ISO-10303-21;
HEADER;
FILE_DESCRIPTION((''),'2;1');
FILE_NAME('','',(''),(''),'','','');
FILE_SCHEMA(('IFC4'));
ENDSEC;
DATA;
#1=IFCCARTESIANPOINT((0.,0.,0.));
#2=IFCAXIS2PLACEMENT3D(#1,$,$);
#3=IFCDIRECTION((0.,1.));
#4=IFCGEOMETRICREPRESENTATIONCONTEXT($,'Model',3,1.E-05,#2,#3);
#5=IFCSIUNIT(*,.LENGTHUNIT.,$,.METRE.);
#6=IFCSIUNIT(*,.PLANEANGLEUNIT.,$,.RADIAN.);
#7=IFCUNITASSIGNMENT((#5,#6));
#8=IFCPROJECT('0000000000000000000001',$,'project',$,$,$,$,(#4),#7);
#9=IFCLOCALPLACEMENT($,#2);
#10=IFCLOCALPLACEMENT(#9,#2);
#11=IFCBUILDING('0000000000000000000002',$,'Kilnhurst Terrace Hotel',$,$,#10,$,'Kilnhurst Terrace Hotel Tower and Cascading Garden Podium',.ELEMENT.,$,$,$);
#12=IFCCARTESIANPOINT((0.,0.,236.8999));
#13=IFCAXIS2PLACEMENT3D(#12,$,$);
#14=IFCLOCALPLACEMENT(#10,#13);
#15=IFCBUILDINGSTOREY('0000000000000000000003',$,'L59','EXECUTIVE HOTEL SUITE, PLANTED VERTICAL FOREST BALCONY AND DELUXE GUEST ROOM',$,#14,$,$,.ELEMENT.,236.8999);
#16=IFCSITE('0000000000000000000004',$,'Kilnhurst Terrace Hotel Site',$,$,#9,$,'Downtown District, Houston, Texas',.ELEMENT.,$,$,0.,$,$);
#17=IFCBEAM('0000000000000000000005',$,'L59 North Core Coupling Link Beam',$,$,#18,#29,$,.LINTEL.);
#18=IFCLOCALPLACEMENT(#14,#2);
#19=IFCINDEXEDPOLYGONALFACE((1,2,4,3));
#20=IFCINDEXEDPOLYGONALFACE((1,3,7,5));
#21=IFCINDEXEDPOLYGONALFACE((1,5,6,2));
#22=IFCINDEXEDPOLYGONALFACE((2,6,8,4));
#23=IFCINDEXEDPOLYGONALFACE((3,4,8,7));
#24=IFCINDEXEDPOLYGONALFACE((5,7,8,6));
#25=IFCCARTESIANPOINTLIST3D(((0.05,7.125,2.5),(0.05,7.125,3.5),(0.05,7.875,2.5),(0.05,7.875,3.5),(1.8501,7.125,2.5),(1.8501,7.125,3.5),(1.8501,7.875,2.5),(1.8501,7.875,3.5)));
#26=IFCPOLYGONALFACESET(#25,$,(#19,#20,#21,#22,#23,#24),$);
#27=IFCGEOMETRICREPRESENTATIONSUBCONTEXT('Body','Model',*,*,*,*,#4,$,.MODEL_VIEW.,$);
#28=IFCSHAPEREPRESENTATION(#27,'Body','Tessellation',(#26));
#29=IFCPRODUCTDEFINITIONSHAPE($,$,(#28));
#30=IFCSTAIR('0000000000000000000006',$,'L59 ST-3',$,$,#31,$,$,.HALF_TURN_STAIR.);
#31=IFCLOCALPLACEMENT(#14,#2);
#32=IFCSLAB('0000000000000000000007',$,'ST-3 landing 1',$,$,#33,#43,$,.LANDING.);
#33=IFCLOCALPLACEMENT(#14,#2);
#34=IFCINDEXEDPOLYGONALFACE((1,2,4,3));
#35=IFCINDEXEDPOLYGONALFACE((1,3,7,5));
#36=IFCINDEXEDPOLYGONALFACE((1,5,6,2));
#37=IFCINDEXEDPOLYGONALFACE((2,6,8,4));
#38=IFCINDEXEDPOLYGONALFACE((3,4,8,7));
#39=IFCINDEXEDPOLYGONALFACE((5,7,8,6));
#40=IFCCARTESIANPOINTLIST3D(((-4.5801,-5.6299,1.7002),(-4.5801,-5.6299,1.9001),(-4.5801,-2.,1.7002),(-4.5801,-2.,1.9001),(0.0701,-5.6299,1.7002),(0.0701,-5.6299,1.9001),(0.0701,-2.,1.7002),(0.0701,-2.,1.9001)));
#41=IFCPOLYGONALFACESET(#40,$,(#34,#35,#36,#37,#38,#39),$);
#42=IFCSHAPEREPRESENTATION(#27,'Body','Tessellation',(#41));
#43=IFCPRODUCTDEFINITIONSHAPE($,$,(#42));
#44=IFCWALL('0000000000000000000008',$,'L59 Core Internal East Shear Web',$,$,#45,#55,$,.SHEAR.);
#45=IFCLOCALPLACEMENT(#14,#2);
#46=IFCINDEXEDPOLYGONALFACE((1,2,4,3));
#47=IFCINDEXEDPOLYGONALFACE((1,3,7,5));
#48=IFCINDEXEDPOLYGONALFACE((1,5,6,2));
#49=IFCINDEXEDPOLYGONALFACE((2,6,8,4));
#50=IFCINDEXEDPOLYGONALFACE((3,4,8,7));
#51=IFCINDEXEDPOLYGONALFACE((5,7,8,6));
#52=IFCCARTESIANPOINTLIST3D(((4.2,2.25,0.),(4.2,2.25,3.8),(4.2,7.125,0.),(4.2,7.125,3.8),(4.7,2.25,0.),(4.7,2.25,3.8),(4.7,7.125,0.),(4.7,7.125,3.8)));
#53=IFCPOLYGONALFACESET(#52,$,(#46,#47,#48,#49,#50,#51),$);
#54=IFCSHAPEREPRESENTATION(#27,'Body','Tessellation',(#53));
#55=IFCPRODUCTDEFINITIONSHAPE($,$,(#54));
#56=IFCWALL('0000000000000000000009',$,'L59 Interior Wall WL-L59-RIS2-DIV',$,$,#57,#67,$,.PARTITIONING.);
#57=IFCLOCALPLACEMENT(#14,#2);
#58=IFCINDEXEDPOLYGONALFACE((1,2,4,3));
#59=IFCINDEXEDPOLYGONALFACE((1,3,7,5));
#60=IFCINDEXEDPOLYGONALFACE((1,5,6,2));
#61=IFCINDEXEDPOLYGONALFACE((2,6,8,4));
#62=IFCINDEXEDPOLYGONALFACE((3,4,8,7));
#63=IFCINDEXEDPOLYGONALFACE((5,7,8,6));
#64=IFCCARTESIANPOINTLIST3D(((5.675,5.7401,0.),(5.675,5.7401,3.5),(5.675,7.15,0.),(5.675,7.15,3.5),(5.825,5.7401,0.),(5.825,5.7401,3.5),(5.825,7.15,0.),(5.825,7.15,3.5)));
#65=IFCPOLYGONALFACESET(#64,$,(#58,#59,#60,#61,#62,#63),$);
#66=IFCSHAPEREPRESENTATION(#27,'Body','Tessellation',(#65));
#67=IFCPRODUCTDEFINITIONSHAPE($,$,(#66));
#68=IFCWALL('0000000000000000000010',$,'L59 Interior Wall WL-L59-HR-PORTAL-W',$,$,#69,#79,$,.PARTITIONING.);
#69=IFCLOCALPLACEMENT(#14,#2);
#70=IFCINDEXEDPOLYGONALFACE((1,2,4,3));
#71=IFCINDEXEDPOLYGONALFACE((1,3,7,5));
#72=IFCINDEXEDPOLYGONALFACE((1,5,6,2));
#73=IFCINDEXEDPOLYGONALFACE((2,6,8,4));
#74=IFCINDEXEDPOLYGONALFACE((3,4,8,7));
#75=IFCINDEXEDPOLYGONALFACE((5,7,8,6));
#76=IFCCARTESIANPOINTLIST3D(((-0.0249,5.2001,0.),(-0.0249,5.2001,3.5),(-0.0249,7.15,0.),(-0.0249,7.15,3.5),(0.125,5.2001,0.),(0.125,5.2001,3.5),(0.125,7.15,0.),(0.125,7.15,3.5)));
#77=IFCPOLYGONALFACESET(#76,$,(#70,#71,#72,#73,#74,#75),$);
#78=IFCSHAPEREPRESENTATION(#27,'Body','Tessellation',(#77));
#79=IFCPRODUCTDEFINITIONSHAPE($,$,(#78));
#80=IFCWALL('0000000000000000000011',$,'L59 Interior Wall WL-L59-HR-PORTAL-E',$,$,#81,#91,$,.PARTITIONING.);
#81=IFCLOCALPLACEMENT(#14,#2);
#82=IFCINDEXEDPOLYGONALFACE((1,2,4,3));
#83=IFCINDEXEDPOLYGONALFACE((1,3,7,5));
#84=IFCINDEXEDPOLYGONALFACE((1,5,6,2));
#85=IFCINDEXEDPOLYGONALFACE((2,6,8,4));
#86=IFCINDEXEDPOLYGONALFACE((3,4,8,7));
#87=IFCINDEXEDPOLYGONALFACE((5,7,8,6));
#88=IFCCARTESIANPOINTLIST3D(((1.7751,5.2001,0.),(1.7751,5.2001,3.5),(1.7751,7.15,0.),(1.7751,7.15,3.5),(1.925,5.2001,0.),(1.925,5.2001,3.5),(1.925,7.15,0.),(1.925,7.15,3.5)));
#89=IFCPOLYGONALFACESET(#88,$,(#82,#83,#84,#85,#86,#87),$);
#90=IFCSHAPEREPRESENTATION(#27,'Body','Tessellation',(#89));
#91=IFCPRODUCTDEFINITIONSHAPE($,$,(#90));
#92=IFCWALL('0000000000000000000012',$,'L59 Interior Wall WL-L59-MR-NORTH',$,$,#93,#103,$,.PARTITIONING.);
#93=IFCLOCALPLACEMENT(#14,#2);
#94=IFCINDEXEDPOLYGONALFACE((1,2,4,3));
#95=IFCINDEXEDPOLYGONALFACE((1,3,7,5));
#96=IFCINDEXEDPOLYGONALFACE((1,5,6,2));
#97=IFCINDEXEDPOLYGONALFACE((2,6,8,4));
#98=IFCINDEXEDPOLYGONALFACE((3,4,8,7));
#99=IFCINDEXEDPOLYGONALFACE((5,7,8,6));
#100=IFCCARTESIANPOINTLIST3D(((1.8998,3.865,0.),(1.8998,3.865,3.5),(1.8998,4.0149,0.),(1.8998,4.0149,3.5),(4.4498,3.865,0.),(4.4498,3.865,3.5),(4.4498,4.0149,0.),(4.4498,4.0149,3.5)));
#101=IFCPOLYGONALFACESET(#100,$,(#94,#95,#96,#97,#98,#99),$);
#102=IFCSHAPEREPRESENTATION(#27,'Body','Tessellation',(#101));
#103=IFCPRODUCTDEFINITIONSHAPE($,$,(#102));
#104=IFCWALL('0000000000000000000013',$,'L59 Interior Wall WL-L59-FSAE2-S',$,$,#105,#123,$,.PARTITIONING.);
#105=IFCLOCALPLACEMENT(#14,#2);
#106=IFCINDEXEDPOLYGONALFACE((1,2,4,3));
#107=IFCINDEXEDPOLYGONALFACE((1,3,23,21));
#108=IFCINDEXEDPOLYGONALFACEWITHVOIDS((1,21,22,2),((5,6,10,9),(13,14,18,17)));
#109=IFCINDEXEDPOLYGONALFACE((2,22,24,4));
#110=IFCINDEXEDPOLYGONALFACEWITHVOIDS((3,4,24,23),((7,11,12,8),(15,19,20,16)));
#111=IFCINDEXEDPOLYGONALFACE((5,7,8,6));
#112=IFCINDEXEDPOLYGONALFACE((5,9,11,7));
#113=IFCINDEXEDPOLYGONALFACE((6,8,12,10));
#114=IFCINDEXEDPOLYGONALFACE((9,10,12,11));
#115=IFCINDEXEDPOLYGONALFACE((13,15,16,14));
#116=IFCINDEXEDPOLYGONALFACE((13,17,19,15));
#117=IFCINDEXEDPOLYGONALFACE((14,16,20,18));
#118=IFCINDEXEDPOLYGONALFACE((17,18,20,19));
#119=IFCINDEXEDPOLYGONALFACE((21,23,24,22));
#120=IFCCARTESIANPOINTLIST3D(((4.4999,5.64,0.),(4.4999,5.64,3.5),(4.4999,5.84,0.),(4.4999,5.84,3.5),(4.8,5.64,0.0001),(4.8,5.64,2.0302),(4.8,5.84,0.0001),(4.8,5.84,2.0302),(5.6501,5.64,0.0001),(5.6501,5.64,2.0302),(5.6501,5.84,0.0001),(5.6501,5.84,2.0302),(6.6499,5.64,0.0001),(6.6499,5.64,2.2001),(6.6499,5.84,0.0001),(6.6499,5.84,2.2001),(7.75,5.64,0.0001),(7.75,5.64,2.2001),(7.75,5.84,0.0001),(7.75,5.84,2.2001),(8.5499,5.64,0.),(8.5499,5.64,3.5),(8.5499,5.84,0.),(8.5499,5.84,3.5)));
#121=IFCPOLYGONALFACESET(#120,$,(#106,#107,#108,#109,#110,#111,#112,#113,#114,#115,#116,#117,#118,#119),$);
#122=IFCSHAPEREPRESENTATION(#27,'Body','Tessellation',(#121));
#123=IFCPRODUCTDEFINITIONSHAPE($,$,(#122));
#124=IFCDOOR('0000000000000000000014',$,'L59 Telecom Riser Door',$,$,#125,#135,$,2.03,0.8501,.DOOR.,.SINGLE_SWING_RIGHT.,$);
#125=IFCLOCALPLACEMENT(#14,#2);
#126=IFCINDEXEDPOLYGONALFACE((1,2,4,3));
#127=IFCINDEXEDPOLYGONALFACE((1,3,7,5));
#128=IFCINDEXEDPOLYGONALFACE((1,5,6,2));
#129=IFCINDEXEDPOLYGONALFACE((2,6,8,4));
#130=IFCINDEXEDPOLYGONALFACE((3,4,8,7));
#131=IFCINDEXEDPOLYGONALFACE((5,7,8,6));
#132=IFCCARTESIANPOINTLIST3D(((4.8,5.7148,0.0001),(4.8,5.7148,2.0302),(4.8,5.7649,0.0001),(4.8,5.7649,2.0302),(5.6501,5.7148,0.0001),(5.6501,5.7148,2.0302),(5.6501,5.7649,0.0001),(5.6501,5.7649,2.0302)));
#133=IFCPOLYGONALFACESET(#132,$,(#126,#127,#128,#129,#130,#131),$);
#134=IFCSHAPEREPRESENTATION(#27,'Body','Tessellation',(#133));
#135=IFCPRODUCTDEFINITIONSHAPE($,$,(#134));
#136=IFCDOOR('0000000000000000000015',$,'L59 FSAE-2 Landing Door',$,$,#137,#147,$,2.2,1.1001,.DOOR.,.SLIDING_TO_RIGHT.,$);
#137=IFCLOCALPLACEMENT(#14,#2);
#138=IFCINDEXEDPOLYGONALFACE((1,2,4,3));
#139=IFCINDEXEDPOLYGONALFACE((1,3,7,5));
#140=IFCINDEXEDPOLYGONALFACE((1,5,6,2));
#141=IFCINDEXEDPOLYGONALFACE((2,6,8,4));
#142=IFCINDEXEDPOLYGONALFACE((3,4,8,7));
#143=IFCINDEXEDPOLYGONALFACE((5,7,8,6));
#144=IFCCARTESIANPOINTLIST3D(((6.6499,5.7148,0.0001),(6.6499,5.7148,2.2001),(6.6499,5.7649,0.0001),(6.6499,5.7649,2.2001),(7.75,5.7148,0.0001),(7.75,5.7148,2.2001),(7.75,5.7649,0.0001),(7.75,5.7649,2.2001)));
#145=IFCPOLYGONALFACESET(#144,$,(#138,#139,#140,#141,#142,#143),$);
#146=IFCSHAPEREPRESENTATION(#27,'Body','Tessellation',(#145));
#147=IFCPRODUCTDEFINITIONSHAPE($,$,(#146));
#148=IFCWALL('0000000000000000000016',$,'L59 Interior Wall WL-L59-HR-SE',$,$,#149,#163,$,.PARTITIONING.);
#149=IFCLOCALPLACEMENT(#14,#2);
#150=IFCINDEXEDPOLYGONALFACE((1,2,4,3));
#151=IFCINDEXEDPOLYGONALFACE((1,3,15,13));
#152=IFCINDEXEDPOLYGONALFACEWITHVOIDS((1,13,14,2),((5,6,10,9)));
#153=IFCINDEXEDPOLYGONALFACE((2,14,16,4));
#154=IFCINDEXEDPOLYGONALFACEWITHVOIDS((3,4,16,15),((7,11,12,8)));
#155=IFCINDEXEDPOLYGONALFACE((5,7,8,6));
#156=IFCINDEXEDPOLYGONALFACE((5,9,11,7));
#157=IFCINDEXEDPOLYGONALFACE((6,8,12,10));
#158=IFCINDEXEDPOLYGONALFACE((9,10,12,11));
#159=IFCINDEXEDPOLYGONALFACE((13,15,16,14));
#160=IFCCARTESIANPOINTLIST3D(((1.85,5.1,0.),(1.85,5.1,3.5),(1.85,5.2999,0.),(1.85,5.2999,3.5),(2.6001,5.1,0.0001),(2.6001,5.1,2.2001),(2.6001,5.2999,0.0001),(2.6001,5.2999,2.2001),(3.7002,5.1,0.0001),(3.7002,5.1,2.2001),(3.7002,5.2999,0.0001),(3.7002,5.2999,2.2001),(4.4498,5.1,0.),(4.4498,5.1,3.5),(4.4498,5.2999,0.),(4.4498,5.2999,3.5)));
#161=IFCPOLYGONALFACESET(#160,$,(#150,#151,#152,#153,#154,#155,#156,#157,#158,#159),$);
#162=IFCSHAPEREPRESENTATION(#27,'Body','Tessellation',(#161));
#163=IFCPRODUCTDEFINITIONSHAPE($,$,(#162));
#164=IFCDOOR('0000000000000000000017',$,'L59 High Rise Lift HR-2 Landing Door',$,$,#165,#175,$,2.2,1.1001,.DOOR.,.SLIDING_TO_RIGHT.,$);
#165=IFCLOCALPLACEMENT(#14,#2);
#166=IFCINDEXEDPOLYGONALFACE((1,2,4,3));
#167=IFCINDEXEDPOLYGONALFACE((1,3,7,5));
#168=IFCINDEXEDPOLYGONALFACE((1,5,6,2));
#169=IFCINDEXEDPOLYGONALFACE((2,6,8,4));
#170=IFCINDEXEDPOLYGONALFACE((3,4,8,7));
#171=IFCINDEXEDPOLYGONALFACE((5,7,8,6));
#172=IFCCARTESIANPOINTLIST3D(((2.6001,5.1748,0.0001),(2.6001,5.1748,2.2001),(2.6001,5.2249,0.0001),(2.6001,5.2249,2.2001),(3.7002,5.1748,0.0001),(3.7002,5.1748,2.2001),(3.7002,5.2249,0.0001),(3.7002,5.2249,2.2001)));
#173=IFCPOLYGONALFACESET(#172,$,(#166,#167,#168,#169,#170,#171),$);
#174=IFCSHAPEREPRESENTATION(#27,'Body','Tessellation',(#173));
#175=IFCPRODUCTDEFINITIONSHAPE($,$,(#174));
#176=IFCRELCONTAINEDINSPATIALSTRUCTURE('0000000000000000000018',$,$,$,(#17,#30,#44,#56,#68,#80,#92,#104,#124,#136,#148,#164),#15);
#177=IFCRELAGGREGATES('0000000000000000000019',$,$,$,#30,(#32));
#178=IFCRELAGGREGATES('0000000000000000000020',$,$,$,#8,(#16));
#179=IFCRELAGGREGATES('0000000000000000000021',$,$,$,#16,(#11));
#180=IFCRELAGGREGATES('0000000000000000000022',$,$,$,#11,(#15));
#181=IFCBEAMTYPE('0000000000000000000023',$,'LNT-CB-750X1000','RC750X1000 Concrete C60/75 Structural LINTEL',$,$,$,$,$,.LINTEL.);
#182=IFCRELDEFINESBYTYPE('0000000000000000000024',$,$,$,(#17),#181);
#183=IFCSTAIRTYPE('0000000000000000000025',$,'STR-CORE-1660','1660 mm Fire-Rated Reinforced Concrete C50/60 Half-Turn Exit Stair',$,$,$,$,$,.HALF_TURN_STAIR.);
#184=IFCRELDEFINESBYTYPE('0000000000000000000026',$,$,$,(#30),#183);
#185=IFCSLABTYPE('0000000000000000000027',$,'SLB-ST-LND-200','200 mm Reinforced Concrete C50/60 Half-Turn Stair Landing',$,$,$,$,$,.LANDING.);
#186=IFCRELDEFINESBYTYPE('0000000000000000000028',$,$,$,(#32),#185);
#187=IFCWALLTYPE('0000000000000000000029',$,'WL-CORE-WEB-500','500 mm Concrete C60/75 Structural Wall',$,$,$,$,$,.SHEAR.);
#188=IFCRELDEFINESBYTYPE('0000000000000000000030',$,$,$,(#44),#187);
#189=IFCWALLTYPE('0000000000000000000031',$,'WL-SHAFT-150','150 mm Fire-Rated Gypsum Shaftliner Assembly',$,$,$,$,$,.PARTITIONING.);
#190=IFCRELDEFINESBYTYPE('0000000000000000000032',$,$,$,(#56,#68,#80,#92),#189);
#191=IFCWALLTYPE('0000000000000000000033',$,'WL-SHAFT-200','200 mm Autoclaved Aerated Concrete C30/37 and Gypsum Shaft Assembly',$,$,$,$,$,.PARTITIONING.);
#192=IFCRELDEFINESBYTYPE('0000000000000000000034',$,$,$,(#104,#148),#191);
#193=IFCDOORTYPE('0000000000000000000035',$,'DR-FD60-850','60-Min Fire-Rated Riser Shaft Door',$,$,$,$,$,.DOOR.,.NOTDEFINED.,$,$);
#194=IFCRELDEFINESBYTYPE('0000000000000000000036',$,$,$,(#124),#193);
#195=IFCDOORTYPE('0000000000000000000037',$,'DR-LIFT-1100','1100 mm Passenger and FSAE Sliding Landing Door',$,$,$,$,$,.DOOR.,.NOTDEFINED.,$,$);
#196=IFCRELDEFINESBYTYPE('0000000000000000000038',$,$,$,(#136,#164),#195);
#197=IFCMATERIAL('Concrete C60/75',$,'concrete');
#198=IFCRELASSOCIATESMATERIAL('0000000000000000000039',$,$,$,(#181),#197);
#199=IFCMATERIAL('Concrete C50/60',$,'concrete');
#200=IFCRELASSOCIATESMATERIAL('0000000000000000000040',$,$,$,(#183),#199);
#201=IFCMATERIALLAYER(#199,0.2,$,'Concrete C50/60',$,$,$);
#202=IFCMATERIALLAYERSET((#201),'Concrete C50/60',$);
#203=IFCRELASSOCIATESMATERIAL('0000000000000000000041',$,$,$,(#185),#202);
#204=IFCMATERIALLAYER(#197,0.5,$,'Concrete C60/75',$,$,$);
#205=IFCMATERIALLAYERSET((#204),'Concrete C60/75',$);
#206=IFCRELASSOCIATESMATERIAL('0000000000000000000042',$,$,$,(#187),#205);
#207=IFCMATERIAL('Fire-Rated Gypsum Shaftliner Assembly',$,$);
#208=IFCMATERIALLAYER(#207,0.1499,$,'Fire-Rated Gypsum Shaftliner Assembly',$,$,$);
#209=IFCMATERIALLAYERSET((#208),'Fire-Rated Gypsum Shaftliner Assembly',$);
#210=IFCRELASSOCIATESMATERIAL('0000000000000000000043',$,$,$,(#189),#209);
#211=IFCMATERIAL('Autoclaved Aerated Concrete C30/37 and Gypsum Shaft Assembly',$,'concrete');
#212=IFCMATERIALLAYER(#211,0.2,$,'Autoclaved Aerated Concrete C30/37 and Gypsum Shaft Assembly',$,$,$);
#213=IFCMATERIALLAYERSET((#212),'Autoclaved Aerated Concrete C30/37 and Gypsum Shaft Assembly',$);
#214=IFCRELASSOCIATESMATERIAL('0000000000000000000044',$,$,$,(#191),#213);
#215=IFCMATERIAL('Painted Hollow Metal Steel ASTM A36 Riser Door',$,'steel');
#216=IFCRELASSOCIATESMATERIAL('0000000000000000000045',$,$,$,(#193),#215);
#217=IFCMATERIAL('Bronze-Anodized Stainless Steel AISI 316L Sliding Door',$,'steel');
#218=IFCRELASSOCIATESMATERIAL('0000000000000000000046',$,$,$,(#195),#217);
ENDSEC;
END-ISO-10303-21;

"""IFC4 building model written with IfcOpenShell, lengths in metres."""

from ifc_helpers import new_model, si_unit, direction, frame, frame_2d, origin, origin_2d, place, context, subcontext, project, spatial, polyline, rectangle, outline, extrude, material, layer, layer_set, material_profile, profile_set, type_object, element, fill, aggregate, save


model = new_model("IFC4")

# Units and contexts
model_context = context("Model", 3, precision=1e-05, world=origin(), true_north=direction((0.0, 1.0)))
body_context = subcontext(model_context, "Body", "Model", "MODEL_VIEW")
ifc_project = project(units=[si_unit("LENGTHUNIT", "METRE"), si_unit("PLANEANGLEUNIT", "RADIAN")], contexts=[model_context])

# Site, building, storey
site_placement = place(None, origin())
site = spatial("IfcSite", under=ifc_project, at=site_placement, Name="Kilnhurst Terrace Hotel Site", LongName="Downtown District, Houston, Texas", CompositionType="ELEMENT", RefElevation=0.0)
building_placement = place(site_placement, origin())
building = spatial("IfcBuilding", under=site, at=building_placement, Name="Kilnhurst Terrace Hotel", LongName="Kilnhurst Terrace Hotel Tower and Cascading Garden Podium", CompositionType="ELEMENT")
storey_placement = place(building_placement, frame((0.0, 0.0, 236.8999)))
storey = spatial("IfcBuildingStorey", under=building, at=storey_placement, Name="L59", Description="EXECUTIVE HOTEL SUITE, PLANTED VERTICAL FOREST BALCONY AND DELUXE GUEST ROOM", CompositionType="ELEMENT", Elevation=236.8999)

# Beam
ifc_material_1 = material(Name="Concrete C60/75", Category="concrete")
ifc_material_profile = material_profile(ifc_material_1, rectangle(XDim=0.75, YDim=1.0, at=origin_2d()), Name="RC750X1000")
ifc_profile_set = profile_set([ifc_material_profile], Name="Concrete C60/75")
beam_type = type_object("IfcBeamType", Name="LNT-CB-750X1000", Description="RC750X1000 Concrete C60/75 Structural LINTEL", PredefinedType="LINTEL", material=ifc_profile_set)
beam_placement = place(storey_placement, frame((0.05, 7.5, 3.0), z_axis=(1.0, 0.0, 0.0), x_axis=(0.0, 1.0, 0.0)))
element("IfcBeam", 1, at=beam_placement, inside=storey, type_object=beam_type, Name="L59 North Core Coupling Link Beam", PredefinedType="LINTEL", context=body_context, shape_type="SweptSolid", body=[
    extrude(rectangle(XDim=0.75, YDim=1.0, at=origin_2d()), origin(), (0.0, 0.0, 1.0), 1.8),
])

# Stair, slab
ifc_material_2 = material(Name="Concrete C50/60", Category="concrete")
stair_type = type_object("IfcStairType", Name="STR-CORE-1660", Description="1660 mm Fire-Rated Reinforced Concrete C50/60 Half-Turn Exit Stair", PredefinedType="HALF_TURN_STAIR", material=ifc_material_2)
stair_1_placement = place(storey_placement, origin())
stair_1 = element("IfcStair", 2, at=stair_1_placement, inside=storey, type_object=stair_type, Name="L59 ST-3", PredefinedType="HALF_TURN_STAIR")
ifc_layer_1 = layer(ifc_material_2, 0.2, Name="Concrete C50/60")
ifc_layer_set_1 = layer_set([ifc_layer_1], Name="Concrete C50/60")
slab_type = type_object("IfcSlabType", Name="SLB-ST-LND-200", Description="200 mm Reinforced Concrete C50/60 Half-Turn Stair Landing", PredefinedType="LANDING", material=ifc_layer_set_1)
slab_placement = place(storey_placement, frame((0.0, 0.0, 1.7002)))
slab = element("IfcSlab", 3, at=slab_placement, type_object=slab_type, Name="ST-3 landing 1", PredefinedType="LANDING", context=body_context, shape_type="SweptSolid", body=[
    extrude(outline(polyline([(0.0701, -2.0), (0.0701, -5.6299), (-4.5801, -5.6299), (-4.5801, -2.0), (0.0701, -2.0)])), origin(), (0.0, 0.0, 1.0), 0.2),
])
aggregate(stair_1, [slab])

# Walls
ifc_layer_2 = layer(ifc_material_1, 0.5, Name="Concrete C60/75")
ifc_layer_set_2 = layer_set([ifc_layer_2], Name="Concrete C60/75")
wall_type_1 = type_object("IfcWallType", Name="WL-CORE-WEB-500", Description="500 mm Concrete C60/75 Structural Wall", PredefinedType="SHEAR", material=ifc_layer_set_2)
wall_1_placement = place(storey_placement, frame((4.45, 2.25, 0.0), z_axis=(0.0, 0.0, 1.0), x_axis=(0.0, 1.0, 0.0)))
element("IfcWall", 4, at=wall_1_placement, inside=storey, type_object=wall_type_1, Name="L59 Core Internal East Shear Web", PredefinedType="SHEAR", context=body_context, shape_type="SweptSolid", body=[
    extrude(rectangle(XDim=4.875, YDim=0.5, at=frame_2d((2.4375, 0.0))), origin(), (0.0, 0.0, 1.0), 3.8),
])
ifc_material_3 = material(Name="Fire-Rated Gypsum Shaftliner Assembly")
ifc_layer_3 = layer(ifc_material_3, 0.1499, Name="Fire-Rated Gypsum Shaftliner Assembly")
ifc_layer_set_3 = layer_set([ifc_layer_3], Name="Fire-Rated Gypsum Shaftliner Assembly")
wall_type_2 = type_object("IfcWallType", Name="WL-SHAFT-150", Description="150 mm Fire-Rated Gypsum Shaftliner Assembly", PredefinedType="PARTITIONING", material=ifc_layer_set_3)
wall_2_placement = place(storey_placement, frame((5.75, 5.74, 0.0), z_axis=(0.0, 0.0, 1.0), x_axis=(0.0, 1.0, 0.0)))
element("IfcWall", 5, at=wall_2_placement, inside=storey, type_object=wall_type_2, Name="L59 Interior Wall WL-L59-RIS2-DIV", PredefinedType="PARTITIONING", context=body_context, shape_type="SweptSolid", body=[
    extrude(rectangle(XDim=1.4099, YDim=0.1499, at=frame_2d((0.7051, 0.0))), origin(), (0.0, 0.0, 1.0), 3.5),
])
for number, where, z_axis, x_axis, name in (
    (6, (0.05, 5.2, 0.0), (0.0, 0.0, 1.0), (0.0, 1.0, 0.0), "L59 Interior Wall WL-L59-HR-PORTAL-W"),
    (7, (1.8501, 5.2, 0.0), (0.0, 0.0, 1.0), (0.0, 1.0, 0.0), "L59 Interior Wall WL-L59-HR-PORTAL-E"),
):
    element("IfcWall", number, at=place(storey_placement, frame(where, z_axis=z_axis, x_axis=x_axis)), inside=storey, type_object=wall_type_2, Name=name, PredefinedType="PARTITIONING", context=body_context, shape_type="SweptSolid", body=[
        extrude(rectangle(XDim=1.95, YDim=0.1499, at=frame_2d((0.9751, 0.0))), origin(), (0.0, 0.0, 1.0), 3.5),
    ])
wall_3_placement = place(storey_placement, frame((1.8999, 3.9399, 0.0), z_axis=(0.0, 0.0, 1.0), x_axis=(1.0, 0.0, 0.0)))
element("IfcWall", 8, at=wall_3_placement, inside=storey, type_object=wall_type_2, Name="L59 Interior Wall WL-L59-MR-NORTH", PredefinedType="PARTITIONING", context=body_context, shape_type="SweptSolid", body=[
    extrude(rectangle(XDim=2.55, YDim=0.1499, at=frame_2d((1.2749, 0.0))), origin(), (0.0, 0.0, 1.0), 3.5),
])

# Wall, openings, doors
ifc_material_4 = material(Name="Autoclaved Aerated Concrete C30/37 and Gypsum Shaft Assembly", Category="concrete")
ifc_layer_4 = layer(ifc_material_4, 0.2, Name="Autoclaved Aerated Concrete C30/37 and Gypsum Shaft Assembly")
ifc_layer_set_4 = layer_set([ifc_layer_4], Name="Autoclaved Aerated Concrete C30/37 and Gypsum Shaft Assembly")
wall_type_3 = type_object("IfcWallType", Name="WL-SHAFT-200", Description="200 mm Autoclaved Aerated Concrete C30/37 and Gypsum Shaft Assembly", PredefinedType="PARTITIONING", material=ifc_layer_set_4)
wall_4_placement = place(storey_placement, frame((4.5, 5.74, 0.0), z_axis=(0.0, 0.0, 1.0), x_axis=(1.0, 0.0, 0.0)))
wall_4 = element("IfcWall", 9, at=wall_4_placement, inside=storey, type_object=wall_type_3, Name="L59 Interior Wall WL-L59-FSAE2-S", PredefinedType="PARTITIONING", context=body_context, shape_type="SweptSolid", body=[
    extrude(rectangle(XDim=4.05, YDim=0.2, at=frame_2d((2.0249, 0.0))), origin(), (0.0, 0.0, 1.0), 3.5),
])
opening_1_placement = place(wall_4_placement, frame((0.3, 0.0, 0.0)))
opening_1 = element("IfcOpeningElement", 10, at=opening_1_placement, cuts=wall_4, PredefinedType="OPENING", context=body_context, shape_type="SweptSolid", body=[
    extrude(rectangle(XDim=0.8501, YDim=2.03, at=frame_2d((0.425, 1.0151))), frame((0.0, 0.1099, 0.0), z_axis=(0.0, -1.0, 0.0), x_axis=(1.0, 0.0, 0.0)), (0.0, 0.0, 1.0), 0.22),
])
opening_2_placement = place(wall_4_placement, frame((2.1499, 0.0, 0.0)))
opening_2 = element("IfcOpeningElement", 11, at=opening_2_placement, cuts=wall_4, PredefinedType="OPENING", context=body_context, shape_type="SweptSolid", body=[
    extrude(rectangle(XDim=1.1001, YDim=2.2, at=frame_2d((0.55, 1.1001))), frame((0.0, 0.1099, 0.0), z_axis=(0.0, -1.0, 0.0), x_axis=(1.0, 0.0, 0.0)), (0.0, 0.0, 1.0), 0.22),
])
ifc_material_5 = material(Name="Painted Hollow Metal Steel ASTM A36 Riser Door", Category="steel")
door_type_1 = type_object("IfcDoorType", Name="DR-FD60-850", Description="60-Min Fire-Rated Riser Shaft Door", OperationType="NOTDEFINED", PredefinedType="DOOR", material=ifc_material_5)
door_1_placement = place(opening_1_placement, origin())
door_1 = element("IfcDoor", 12, at=door_1_placement, inside=storey, type_object=door_type_1, Name="L59 Telecom Riser Door", OperationType="SINGLE_SWING_RIGHT", OverallHeight=2.03, OverallWidth=0.8501, PredefinedType="DOOR", context=body_context, shape_type="SweptSolid", body=[
    extrude(rectangle(XDim=0.8501, YDim=2.03, at=frame_2d((0.425, 1.0151))), frame((0.0, 0.0249, 0.0), z_axis=(0.0, -1.0, 0.0), x_axis=(1.0, 0.0, 0.0)), (0.0, 0.0, 1.0), 0.05),
])
fill(opening_1, door_1)
ifc_material_6 = material(Name="Bronze-Anodized Stainless Steel AISI 316L Sliding Door", Category="steel")
door_type_2 = type_object("IfcDoorType", Name="DR-LIFT-1100", Description="1100 mm Passenger and FSAE Sliding Landing Door", OperationType="NOTDEFINED", PredefinedType="DOOR", material=ifc_material_6)
door_2_placement = place(opening_2_placement, origin())
door_2 = element("IfcDoor", 13, at=door_2_placement, inside=storey, type_object=door_type_2, Name="L59 FSAE-2 Landing Door", OperationType="SLIDING_TO_RIGHT", OverallHeight=2.2, OverallWidth=1.1001, PredefinedType="DOOR", context=body_context, shape_type="SweptSolid", body=[
    extrude(rectangle(XDim=1.1001, YDim=2.2, at=frame_2d((0.55, 1.1001))), frame((0.0, 0.0249, 0.0), z_axis=(0.0, -1.0, 0.0), x_axis=(1.0, 0.0, 0.0)), (0.0, 0.0, 1.0), 0.05),
])
fill(opening_2, door_2)

# Wall, opening, door
wall_5_placement = place(storey_placement, frame((1.8501, 5.2, 0.0), z_axis=(0.0, 0.0, 1.0), x_axis=(1.0, 0.0, 0.0)))
wall_5 = element("IfcWall", 14, at=wall_5_placement, inside=storey, type_object=wall_type_3, Name="L59 Interior Wall WL-L59-HR-SE", PredefinedType="PARTITIONING", context=body_context, shape_type="SweptSolid", body=[
    extrude(rectangle(XDim=2.5999, YDim=0.2, at=frame_2d((1.2998, 0.0))), origin(), (0.0, 0.0, 1.0), 3.5),
])
opening_3_placement = place(wall_5_placement, frame((0.75, 0.0, 0.0)))
opening_3 = element("IfcOpeningElement", 15, at=opening_3_placement, cuts=wall_5, PredefinedType="OPENING", context=body_context, shape_type="SweptSolid", body=[
    extrude(rectangle(XDim=1.1001, YDim=2.2, at=frame_2d((0.55, 1.1001))), frame((0.0, 0.1099, 0.0), z_axis=(0.0, -1.0, 0.0), x_axis=(1.0, 0.0, 0.0)), (0.0, 0.0, 1.0), 0.22),
])
door_3_placement = place(opening_3_placement, origin())
door_3 = element("IfcDoor", 16, at=door_3_placement, inside=storey, type_object=door_type_2, Name="L59 High Rise Lift HR-2 Landing Door", OperationType="SLIDING_TO_RIGHT", OverallHeight=2.2, OverallWidth=1.1001, PredefinedType="DOOR", context=body_context, shape_type="SweptSolid", body=[
    extrude(rectangle(XDim=1.1001, YDim=2.2, at=frame_2d((0.55, 1.1001))), frame((0.0, 0.0249, 0.0), z_axis=(0.0, -1.0, 0.0), x_axis=(1.0, 0.0, 0.0)), (0.0, 0.0, 1.0), 0.05),
])
fill(opening_3, door_3)

save(model, "model.ifc")
